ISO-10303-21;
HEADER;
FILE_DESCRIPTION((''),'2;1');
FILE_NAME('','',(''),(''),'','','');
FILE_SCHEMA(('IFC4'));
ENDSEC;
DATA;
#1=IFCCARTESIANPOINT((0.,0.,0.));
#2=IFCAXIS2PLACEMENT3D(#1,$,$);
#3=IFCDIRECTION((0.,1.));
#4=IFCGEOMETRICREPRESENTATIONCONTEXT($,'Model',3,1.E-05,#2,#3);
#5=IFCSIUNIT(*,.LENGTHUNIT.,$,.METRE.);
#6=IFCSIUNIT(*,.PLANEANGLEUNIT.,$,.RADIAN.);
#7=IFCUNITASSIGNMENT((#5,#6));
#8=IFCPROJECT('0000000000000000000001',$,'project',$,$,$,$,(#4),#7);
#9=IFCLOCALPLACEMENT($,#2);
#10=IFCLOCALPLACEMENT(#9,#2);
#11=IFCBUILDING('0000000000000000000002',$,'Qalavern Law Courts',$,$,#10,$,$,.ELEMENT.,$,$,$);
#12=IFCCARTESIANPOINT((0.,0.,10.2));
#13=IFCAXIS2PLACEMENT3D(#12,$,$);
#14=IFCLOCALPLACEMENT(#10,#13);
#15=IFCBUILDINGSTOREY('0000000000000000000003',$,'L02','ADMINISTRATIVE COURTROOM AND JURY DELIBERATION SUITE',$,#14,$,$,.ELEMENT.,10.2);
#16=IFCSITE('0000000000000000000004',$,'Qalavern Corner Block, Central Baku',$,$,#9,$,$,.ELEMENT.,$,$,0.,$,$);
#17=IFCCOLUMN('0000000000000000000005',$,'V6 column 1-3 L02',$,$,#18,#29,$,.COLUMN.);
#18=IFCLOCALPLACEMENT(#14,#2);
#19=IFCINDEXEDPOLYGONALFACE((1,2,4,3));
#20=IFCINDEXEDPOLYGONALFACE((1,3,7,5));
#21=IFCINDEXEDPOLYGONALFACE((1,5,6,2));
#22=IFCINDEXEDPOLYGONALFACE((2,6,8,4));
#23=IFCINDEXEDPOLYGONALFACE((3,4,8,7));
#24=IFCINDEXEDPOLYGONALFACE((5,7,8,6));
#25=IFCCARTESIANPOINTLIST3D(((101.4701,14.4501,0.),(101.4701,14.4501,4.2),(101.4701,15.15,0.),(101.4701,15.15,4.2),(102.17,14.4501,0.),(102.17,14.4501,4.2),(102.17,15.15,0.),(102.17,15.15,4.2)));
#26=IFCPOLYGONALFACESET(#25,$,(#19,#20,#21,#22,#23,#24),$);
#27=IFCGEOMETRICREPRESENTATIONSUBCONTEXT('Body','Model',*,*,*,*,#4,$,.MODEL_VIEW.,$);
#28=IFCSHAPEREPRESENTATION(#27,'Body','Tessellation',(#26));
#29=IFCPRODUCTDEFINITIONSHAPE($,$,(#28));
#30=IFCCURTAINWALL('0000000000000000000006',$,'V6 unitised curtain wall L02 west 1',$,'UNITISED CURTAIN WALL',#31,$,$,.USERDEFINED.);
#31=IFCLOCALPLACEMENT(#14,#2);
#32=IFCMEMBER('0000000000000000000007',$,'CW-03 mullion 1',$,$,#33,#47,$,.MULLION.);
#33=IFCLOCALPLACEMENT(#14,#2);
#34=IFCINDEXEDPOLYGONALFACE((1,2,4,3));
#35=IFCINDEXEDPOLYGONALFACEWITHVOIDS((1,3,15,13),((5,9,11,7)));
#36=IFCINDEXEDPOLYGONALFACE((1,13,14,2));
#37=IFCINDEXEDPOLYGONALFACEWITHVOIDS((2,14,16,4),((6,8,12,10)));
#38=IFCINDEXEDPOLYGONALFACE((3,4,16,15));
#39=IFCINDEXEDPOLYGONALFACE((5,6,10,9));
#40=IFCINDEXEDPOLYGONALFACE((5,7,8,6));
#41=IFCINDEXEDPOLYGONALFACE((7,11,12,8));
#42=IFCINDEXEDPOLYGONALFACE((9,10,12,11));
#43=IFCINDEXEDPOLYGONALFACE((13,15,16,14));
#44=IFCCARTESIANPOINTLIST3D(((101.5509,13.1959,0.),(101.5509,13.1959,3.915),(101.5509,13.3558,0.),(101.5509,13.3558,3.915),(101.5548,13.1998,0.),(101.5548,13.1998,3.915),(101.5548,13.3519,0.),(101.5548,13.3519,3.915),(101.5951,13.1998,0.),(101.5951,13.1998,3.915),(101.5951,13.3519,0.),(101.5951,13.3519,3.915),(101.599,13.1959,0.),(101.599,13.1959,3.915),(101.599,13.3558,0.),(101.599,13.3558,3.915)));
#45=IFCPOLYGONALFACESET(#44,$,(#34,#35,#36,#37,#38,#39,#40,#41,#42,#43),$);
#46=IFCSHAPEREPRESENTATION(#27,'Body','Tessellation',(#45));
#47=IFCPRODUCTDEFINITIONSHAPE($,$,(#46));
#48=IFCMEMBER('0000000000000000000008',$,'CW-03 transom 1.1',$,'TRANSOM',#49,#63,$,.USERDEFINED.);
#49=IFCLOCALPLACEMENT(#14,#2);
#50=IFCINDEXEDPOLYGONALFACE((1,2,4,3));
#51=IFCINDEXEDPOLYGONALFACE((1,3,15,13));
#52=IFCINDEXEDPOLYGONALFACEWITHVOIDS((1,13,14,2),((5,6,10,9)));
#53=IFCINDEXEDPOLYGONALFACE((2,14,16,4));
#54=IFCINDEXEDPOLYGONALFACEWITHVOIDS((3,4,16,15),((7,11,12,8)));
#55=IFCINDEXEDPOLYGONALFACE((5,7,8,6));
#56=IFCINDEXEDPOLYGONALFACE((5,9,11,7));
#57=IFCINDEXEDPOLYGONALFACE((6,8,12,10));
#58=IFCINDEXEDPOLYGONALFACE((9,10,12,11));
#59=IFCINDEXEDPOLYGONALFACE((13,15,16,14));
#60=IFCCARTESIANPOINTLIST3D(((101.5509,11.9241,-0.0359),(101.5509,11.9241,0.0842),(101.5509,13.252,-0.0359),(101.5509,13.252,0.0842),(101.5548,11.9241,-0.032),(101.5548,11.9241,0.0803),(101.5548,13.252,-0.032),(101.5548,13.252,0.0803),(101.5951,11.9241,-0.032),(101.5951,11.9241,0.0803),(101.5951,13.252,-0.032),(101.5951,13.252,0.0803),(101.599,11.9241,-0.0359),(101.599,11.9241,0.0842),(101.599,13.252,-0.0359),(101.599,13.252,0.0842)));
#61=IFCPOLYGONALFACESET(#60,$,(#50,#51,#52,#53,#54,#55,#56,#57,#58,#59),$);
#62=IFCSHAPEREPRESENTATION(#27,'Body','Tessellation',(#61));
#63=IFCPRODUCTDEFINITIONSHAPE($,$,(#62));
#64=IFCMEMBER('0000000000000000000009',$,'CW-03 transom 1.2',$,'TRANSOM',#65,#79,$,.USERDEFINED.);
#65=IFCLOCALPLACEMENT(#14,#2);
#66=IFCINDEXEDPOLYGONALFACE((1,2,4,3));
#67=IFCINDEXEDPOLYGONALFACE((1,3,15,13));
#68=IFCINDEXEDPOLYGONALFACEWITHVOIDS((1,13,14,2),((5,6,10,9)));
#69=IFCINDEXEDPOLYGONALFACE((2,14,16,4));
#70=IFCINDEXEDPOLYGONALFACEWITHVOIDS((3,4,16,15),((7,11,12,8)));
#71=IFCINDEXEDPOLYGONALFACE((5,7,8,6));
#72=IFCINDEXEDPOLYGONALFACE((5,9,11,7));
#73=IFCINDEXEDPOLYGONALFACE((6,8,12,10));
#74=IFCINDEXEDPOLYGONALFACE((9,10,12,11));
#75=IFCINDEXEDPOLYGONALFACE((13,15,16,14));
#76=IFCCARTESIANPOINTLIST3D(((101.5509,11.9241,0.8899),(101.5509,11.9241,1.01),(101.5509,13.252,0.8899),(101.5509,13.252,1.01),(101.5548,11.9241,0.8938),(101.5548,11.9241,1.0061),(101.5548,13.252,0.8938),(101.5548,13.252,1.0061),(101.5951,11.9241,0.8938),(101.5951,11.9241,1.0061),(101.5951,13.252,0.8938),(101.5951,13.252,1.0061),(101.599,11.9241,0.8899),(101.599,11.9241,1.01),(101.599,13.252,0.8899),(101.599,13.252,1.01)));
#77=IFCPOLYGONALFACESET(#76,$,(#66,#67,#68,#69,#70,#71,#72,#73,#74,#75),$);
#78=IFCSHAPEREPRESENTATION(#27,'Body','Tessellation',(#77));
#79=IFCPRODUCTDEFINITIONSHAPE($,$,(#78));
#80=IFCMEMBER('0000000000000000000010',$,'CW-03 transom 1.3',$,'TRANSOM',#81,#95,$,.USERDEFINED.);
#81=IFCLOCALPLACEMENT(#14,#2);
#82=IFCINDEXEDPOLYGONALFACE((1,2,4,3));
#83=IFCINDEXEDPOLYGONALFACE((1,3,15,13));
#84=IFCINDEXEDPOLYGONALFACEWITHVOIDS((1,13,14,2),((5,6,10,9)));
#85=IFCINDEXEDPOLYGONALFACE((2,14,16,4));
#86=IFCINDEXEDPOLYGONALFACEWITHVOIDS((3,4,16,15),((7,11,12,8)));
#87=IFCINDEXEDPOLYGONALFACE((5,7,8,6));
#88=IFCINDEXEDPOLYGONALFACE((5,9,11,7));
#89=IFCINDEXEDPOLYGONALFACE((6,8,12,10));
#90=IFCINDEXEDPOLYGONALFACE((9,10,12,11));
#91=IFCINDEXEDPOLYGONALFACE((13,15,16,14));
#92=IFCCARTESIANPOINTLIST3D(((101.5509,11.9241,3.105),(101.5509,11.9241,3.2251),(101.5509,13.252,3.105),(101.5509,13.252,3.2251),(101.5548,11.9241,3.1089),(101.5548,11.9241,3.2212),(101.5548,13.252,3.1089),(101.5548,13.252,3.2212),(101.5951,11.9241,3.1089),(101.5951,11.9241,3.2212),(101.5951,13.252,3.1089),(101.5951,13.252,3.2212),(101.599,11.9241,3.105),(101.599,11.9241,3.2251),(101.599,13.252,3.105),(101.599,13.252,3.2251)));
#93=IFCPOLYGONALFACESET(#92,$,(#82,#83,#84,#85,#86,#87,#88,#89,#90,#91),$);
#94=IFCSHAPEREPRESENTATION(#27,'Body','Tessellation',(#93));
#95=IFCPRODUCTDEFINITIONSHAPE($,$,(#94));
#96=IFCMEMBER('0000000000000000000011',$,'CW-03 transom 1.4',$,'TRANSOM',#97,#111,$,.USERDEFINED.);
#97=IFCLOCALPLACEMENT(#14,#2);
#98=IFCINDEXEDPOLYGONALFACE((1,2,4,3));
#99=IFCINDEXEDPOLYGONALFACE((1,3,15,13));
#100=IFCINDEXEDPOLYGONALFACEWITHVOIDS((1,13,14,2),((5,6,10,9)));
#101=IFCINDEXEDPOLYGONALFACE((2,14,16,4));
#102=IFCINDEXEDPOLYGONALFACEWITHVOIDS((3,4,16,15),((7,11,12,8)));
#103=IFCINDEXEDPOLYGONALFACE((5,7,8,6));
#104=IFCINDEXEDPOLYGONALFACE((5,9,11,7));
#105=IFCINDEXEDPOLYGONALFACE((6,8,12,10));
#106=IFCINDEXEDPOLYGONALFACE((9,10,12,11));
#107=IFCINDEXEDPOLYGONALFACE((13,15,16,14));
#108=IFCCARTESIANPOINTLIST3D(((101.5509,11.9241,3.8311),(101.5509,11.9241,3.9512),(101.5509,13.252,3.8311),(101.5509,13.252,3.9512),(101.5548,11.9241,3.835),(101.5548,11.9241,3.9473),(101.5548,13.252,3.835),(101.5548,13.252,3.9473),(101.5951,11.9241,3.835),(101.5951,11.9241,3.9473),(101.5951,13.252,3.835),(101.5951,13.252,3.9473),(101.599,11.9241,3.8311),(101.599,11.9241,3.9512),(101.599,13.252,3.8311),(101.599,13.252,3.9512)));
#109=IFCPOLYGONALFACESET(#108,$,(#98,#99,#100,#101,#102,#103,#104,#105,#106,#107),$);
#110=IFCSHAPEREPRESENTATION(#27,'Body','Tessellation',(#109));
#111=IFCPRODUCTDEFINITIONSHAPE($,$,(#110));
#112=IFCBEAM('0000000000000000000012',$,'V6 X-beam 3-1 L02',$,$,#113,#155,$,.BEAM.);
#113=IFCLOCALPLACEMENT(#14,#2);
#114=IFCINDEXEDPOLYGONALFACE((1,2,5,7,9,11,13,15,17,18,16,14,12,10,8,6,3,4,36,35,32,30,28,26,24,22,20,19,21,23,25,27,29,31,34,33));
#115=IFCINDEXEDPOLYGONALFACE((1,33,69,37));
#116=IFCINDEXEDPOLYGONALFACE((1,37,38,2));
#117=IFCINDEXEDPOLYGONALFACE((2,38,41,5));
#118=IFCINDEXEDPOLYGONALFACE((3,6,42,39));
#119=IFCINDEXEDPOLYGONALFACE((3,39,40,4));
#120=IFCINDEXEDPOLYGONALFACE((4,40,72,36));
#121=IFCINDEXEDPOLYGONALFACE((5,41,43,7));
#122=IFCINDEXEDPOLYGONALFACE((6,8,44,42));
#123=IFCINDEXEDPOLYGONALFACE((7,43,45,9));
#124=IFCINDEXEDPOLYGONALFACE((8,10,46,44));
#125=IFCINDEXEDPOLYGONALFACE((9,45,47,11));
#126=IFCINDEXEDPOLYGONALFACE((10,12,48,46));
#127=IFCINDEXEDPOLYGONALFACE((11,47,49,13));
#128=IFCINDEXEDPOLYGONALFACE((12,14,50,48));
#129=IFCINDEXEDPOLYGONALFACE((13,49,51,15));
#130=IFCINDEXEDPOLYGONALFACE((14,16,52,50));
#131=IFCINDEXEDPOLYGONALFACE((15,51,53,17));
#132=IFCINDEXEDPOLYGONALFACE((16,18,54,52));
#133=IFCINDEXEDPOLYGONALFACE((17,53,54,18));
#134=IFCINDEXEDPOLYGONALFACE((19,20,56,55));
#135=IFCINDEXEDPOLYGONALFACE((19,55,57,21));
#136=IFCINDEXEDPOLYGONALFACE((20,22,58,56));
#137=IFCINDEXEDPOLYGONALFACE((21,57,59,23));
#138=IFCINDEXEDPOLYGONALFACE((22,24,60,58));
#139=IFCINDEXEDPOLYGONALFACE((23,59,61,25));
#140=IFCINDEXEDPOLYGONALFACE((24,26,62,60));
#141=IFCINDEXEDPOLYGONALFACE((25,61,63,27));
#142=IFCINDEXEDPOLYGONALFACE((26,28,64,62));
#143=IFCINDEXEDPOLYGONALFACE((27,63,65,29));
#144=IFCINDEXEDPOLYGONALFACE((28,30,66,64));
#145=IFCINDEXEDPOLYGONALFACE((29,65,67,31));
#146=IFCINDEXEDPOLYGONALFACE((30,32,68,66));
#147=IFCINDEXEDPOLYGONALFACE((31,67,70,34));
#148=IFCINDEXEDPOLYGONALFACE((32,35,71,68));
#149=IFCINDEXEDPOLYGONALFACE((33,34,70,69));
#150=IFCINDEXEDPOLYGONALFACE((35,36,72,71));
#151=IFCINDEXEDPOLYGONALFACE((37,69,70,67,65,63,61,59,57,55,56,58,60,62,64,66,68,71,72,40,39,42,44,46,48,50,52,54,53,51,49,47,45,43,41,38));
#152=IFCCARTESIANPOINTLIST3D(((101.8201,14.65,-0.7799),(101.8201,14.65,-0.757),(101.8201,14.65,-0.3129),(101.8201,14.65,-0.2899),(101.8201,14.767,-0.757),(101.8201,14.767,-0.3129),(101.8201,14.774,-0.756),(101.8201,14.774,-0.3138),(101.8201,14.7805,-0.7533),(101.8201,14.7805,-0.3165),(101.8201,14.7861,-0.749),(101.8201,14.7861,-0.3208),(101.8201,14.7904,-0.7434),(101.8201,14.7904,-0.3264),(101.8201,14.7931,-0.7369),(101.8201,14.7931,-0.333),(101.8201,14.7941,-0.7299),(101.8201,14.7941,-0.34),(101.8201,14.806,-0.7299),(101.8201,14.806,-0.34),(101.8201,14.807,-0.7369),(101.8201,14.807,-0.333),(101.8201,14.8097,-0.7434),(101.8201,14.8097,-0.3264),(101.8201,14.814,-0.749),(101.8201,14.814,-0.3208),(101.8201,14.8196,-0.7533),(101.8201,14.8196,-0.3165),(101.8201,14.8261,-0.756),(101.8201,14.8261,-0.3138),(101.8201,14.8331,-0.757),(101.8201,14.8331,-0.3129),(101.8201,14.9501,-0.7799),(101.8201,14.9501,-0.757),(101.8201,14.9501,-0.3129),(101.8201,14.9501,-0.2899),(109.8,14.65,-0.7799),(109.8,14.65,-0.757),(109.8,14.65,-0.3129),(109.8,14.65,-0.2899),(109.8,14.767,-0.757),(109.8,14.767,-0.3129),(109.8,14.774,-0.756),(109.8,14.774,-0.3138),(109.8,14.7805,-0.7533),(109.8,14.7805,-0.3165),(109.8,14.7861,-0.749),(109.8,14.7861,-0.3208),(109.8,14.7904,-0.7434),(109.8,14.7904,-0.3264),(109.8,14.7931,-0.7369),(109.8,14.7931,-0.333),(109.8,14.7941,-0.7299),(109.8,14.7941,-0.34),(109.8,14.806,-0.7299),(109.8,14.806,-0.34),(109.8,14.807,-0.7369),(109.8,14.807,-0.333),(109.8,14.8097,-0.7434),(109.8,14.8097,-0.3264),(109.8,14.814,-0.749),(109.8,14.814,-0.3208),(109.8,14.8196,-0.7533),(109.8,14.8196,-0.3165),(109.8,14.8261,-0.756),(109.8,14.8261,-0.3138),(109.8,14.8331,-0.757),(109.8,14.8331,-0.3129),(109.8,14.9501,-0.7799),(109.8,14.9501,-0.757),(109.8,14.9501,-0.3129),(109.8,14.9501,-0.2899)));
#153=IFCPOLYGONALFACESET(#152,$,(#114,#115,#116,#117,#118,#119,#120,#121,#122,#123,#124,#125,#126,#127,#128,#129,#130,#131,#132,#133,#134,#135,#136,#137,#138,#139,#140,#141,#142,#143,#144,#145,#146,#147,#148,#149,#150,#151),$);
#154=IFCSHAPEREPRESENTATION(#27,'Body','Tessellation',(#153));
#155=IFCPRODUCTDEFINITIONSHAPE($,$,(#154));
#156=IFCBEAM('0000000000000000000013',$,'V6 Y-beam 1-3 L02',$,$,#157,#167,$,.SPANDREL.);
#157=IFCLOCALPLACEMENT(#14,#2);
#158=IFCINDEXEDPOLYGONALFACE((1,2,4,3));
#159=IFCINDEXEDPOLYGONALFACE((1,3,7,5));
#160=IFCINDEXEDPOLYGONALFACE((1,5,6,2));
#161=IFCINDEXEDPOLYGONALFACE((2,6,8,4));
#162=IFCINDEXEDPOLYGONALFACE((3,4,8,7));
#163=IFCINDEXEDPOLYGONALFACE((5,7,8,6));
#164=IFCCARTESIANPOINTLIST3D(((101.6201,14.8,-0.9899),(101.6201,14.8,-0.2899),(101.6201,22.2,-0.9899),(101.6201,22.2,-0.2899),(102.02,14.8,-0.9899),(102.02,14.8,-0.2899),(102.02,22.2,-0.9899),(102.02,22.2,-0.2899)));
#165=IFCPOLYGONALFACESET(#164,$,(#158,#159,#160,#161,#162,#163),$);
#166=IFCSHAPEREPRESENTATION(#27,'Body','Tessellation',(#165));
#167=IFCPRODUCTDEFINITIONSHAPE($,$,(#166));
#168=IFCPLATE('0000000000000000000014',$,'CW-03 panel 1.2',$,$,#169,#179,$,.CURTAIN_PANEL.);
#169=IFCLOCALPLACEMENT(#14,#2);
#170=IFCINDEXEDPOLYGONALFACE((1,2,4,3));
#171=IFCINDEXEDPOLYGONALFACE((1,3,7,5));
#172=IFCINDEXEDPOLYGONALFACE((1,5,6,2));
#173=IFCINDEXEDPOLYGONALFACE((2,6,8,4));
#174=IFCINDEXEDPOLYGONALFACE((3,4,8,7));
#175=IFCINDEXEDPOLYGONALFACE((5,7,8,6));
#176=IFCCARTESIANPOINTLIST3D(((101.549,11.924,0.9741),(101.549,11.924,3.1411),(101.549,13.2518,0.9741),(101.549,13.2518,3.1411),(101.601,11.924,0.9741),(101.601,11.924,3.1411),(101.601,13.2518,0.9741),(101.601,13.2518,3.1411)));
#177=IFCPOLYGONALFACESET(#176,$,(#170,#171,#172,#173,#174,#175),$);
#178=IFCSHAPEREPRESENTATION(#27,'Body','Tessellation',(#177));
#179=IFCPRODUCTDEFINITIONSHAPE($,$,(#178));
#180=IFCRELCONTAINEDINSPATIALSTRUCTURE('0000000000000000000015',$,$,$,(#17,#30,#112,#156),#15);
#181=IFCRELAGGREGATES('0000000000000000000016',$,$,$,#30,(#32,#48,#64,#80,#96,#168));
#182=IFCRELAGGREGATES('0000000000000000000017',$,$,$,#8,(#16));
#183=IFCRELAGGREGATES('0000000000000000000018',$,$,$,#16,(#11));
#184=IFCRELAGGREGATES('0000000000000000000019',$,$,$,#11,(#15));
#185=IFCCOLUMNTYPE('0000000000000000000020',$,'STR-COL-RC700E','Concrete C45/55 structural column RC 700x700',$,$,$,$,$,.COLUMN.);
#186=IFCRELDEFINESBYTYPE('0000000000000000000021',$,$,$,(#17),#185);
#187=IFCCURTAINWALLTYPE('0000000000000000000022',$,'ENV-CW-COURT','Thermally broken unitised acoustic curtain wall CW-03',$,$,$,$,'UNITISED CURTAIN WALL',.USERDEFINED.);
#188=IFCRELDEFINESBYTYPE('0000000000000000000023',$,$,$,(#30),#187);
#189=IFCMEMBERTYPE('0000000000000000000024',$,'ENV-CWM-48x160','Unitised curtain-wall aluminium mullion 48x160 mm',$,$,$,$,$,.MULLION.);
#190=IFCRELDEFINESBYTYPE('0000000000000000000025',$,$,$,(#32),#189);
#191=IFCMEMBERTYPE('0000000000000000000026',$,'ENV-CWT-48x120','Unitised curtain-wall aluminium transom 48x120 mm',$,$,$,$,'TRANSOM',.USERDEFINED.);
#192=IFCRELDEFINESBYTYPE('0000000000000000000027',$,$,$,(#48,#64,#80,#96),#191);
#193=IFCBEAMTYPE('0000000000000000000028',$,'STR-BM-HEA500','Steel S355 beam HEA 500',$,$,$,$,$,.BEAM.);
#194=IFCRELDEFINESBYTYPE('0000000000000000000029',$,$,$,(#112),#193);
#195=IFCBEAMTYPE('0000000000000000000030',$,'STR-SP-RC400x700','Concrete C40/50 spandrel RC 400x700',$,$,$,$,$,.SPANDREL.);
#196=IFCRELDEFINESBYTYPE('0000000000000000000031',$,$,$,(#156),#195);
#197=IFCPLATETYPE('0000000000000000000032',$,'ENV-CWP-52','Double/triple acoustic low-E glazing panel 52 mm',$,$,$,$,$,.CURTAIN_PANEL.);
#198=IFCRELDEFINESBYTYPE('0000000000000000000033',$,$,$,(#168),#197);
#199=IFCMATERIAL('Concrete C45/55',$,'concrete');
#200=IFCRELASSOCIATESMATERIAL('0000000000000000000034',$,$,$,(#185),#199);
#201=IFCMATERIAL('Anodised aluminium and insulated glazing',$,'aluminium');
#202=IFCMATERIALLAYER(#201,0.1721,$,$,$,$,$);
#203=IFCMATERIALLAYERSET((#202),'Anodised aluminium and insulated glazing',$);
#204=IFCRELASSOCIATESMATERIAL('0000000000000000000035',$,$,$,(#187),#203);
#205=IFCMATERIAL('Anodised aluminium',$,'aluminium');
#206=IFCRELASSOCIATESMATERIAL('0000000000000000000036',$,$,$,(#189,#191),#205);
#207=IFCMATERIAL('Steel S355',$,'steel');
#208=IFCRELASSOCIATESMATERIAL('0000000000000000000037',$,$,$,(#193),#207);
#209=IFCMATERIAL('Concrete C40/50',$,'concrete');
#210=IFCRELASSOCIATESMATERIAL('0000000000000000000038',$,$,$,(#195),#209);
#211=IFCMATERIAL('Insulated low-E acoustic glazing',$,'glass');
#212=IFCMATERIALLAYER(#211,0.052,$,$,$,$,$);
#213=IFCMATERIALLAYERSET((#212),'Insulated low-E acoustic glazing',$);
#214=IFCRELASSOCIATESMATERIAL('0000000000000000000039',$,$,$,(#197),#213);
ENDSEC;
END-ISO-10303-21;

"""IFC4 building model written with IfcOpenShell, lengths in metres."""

from ifc_helpers import new_model, si_unit, direction, frame, origin, origin_2d, place, context, subcontext, project, spatial, rectangle, hollow_rectangle, i_section, extrude, material, layer, layer_set, material_profile, profile_set, type_object, element, aggregate, save


model = new_model("IFC4")

# Units and contexts
model_context = context("Model", 3, precision=1e-05, world=origin(), true_north=direction((0.0, 1.0)))
body_context = subcontext(model_context, "Body", "Model", "MODEL_VIEW")
ifc_project = project(units=[si_unit("LENGTHUNIT", "METRE"), si_unit("PLANEANGLEUNIT", "RADIAN")], contexts=[model_context])

# Site, building, storey
site_placement = place(None, origin())
site = spatial("IfcSite", under=ifc_project, at=site_placement, Name="Qalavern Corner Block, Central Baku", CompositionType="ELEMENT", RefElevation=0.0)
building_placement = place(site_placement, origin())
building = spatial("IfcBuilding", under=site, at=building_placement, Name="Qalavern Law Courts", CompositionType="ELEMENT")
storey_placement = place(building_placement, frame((0.0, 0.0, 10.2)))
storey = spatial("IfcBuildingStorey", under=building, at=storey_placement, Name="L02", Description="ADMINISTRATIVE COURTROOM AND JURY DELIBERATION SUITE", CompositionType="ELEMENT", Elevation=10.2)

# Column
ifc_material_1 = material(Name="Concrete C45/55", Category="concrete")
ifc_material_profile_1 = material_profile(ifc_material_1, rectangle(XDim=0.7, YDim=0.7, at=origin_2d()), Name="RC 700x700")
ifc_profile_set_1 = profile_set([ifc_material_profile_1], Name="Concrete C45/55")
column_type = type_object("IfcColumnType", Name="STR-COL-RC700E", Description="Concrete C45/55 structural column RC 700x700", PredefinedType="COLUMN", material=ifc_profile_set_1)
column_placement = place(storey_placement, frame((101.8201, 14.8, 0.0), z_axis=(0.0, 0.0, 1.0), x_axis=(1.0, 0.0, 0.0)))
element("IfcColumn", 1, at=column_placement, inside=storey, type_object=column_type, Name="V6 column 1-3 L02", PredefinedType="COLUMN", context=body_context, shape_type="SweptSolid", body=[
    extrude(rectangle(XDim=0.7, YDim=0.7, at=origin_2d()), origin(), (0.0, 0.0, 1.0), 4.2),
])

# Curtain wall, members
ifc_material_2 = material(Name="Anodised aluminium and insulated glazing", Category="aluminium")
ifc_layer_1 = layer(ifc_material_2, 0.1721)
ifc_layer_set_1 = layer_set([ifc_layer_1], Name="Anodised aluminium and insulated glazing")
curtain_wall_type = type_object("IfcCurtainWallType", Name="ENV-CW-COURT", Description="Thermally broken unitised acoustic curtain wall CW-03", ElementType="UNITISED CURTAIN WALL", PredefinedType="USERDEFINED", material=ifc_layer_set_1)
curtain_wall_placement = place(storey_placement, origin())
curtain_wall = element("IfcCurtainWall", 2, at=curtain_wall_placement, inside=storey, type_object=curtain_wall_type, Name="V6 unitised curtain wall L02 west 1", ObjectType="UNITISED CURTAIN WALL", PredefinedType="USERDEFINED")
ifc_material_3 = material(Name="Anodised aluminium", Category="aluminium")
ifc_material_profile_2 = material_profile(ifc_material_3, hollow_rectangle(XDim=0.0481, YDim=0.1599, WallThickness=0.0039, at=origin_2d()), Name="ALU MULLION 48x160")
ifc_profile_set_2 = profile_set([ifc_material_profile_2], Name="Anodised aluminium")
member_type_1 = type_object("IfcMemberType", Name="ENV-CWM-48x160", Description="Unitised curtain-wall aluminium mullion 48x160 mm", PredefinedType="MULLION", material=ifc_profile_set_2)
member_1_placement = place(storey_placement, frame((101.575, 13.2759, 0.0), z_axis=(0.0, 0.0, 1.0), x_axis=(1.0, 0.0, 0.0)))
member_1 = element("IfcMember", 3, at=member_1_placement, type_object=member_type_1, Name="CW-03 mullion 1", PredefinedType="MULLION", context=body_context, shape_type="SweptSolid", body=[
    extrude(hollow_rectangle(XDim=0.0481, YDim=0.1599, WallThickness=0.0039, at=origin_2d()), origin(), (0.0, 0.0, 1.0), 3.915),
])
ifc_material_profile_3 = material_profile(ifc_material_3, hollow_rectangle(XDim=0.0481, YDim=0.1201, WallThickness=0.0039, at=origin_2d()), Name="ALU TRANSOM 48x120")
ifc_profile_set_3 = profile_set([ifc_material_profile_3], Name="Anodised aluminium")
member_type_2 = type_object("IfcMemberType", Name="ENV-CWT-48x120", Description="Unitised curtain-wall aluminium transom 48x120 mm", ElementType="TRANSOM", PredefinedType="USERDEFINED", material=ifc_profile_set_3)
member_2_placement = place(storey_placement, frame((101.575, 13.252, 0.0242), z_axis=(0.0, -1.0, 0.0), x_axis=(1.0, 0.0, 0.0)))
member_2 = element("IfcMember", 4, at=member_2_placement, type_object=member_type_2, Name="CW-03 transom 1.1", ObjectType="TRANSOM", PredefinedType="USERDEFINED", context=body_context, shape_type="SweptSolid", body=[
    extrude(hollow_rectangle(XDim=0.0481, YDim=0.1201, WallThickness=0.0039, at=origin_2d()), origin(), (0.0, 0.0, 1.0), 1.3279),
])
member_3_placement = place(storey_placement, frame((101.575, 13.252, 0.95), z_axis=(0.0, -1.0, 0.0), x_axis=(1.0, 0.0, 0.0)))
member_3 = element("IfcMember", 5, at=member_3_placement, type_object=member_type_2, Name="CW-03 transom 1.2", ObjectType="TRANSOM", PredefinedType="USERDEFINED", context=body_context, shape_type="SweptSolid", body=[
    extrude(hollow_rectangle(XDim=0.0481, YDim=0.1201, WallThickness=0.0039, at=origin_2d()), origin(), (0.0, 0.0, 1.0), 1.3279),
])
member_4_placement = place(storey_placement, frame((101.575, 13.252, 3.165), z_axis=(0.0, -1.0, 0.0), x_axis=(1.0, 0.0, 0.0)))
member_4 = element("IfcMember", 6, at=member_4_placement, type_object=member_type_2, Name="CW-03 transom 1.3", ObjectType="TRANSOM", PredefinedType="USERDEFINED", context=body_context, shape_type="SweptSolid", body=[
    extrude(hollow_rectangle(XDim=0.0481, YDim=0.1201, WallThickness=0.0039, at=origin_2d()), origin(), (0.0, 0.0, 1.0), 1.3279),
])
member_5_placement = place(storey_placement, frame((101.575, 13.252, 3.8911), z_axis=(0.0, -1.0, 0.0), x_axis=(1.0, 0.0, 0.0)))
member_5 = element("IfcMember", 7, at=member_5_placement, type_object=member_type_2, Name="CW-03 transom 1.4", ObjectType="TRANSOM", PredefinedType="USERDEFINED", context=body_context, shape_type="SweptSolid", body=[
    extrude(hollow_rectangle(XDim=0.0481, YDim=0.1201, WallThickness=0.0039, at=origin_2d()), origin(), (0.0, 0.0, 1.0), 1.3279),
])

# Beams
ifc_material_4 = material(Name="Steel S355", Category="steel")
ifc_material_profile_4 = material_profile(ifc_material_4, i_section(OverallWidth=0.3, OverallDepth=0.49, WebThickness=0.012, FlangeThickness=0.0229, FilletRadius=0.0271, at=origin_2d()), Name="HEA 500")
ifc_profile_set_4 = profile_set([ifc_material_profile_4], Name="Steel S355")
beam_type_1 = type_object("IfcBeamType", Name="STR-BM-HEA500", Description="Steel S355 beam HEA 500", PredefinedType="BEAM", material=ifc_profile_set_4)
beam_1_placement = place(storey_placement, frame((101.8201, 14.8, -0.5349), z_axis=(1.0, 0.0, 0.0), x_axis=(0.0, 1.0, 0.0)))
element("IfcBeam", 8, at=beam_1_placement, inside=storey, type_object=beam_type_1, Name="V6 X-beam 3-1 L02", PredefinedType="BEAM", context=body_context, shape_type="SweptSolid", body=[
    extrude(i_section(OverallWidth=0.3, OverallDepth=0.49, WebThickness=0.012, FlangeThickness=0.0229, FilletRadius=0.0271, at=origin_2d()), origin(), (0.0, 0.0, 1.0), 7.98),
])
ifc_material_5 = material(Name="Concrete C40/50", Category="concrete")
ifc_material_profile_5 = material_profile(ifc_material_5, rectangle(XDim=0.3999, YDim=0.7, at=origin_2d()), Name="RC 400x700")
ifc_profile_set_5 = profile_set([ifc_material_profile_5], Name="Concrete C40/50")
beam_type_2 = type_object("IfcBeamType", Name="STR-SP-RC400x700", Description="Concrete C40/50 spandrel RC 400x700", PredefinedType="SPANDREL", material=ifc_profile_set_5)
beam_2_placement = place(storey_placement, frame((101.8201, 14.8, -0.6399), z_axis=(0.0, 1.0, 0.0), x_axis=(-1.0, 0.0, 0.0)))
element("IfcBeam", 9, at=beam_2_placement, inside=storey, type_object=beam_type_2, Name="V6 Y-beam 1-3 L02", PredefinedType="SPANDREL", context=body_context, shape_type="SweptSolid", body=[
    extrude(rectangle(XDim=0.3999, YDim=0.7, at=origin_2d()), origin(), (0.0, 0.0, 1.0), 7.3999),
])

# Plate
ifc_material_6 = material(Name="Insulated low-E acoustic glazing", Category="glass")
ifc_layer_2 = layer(ifc_material_6, 0.052)
ifc_layer_set_2 = layer_set([ifc_layer_2], Name="Insulated low-E acoustic glazing")
plate_type = type_object("IfcPlateType", Name="ENV-CWP-52", Description="Double/triple acoustic low-E glazing panel 52 mm", PredefinedType="CURTAIN_PANEL", material=ifc_layer_set_2)
plate_1_placement = place(storey_placement, frame((101.575, 12.5879, 0.9741), z_axis=(0.0, 0.0, 1.0), x_axis=(0.0, -1.0, 0.0)))
plate_1 = element("IfcPlate", 10, at=plate_1_placement, type_object=plate_type, Name="CW-03 panel 1.2", PredefinedType="CURTAIN_PANEL", context=body_context, shape_type="SweptSolid", body=[
    extrude(rectangle(XDim=1.3279, YDim=0.052, at=origin_2d()), origin(), (0.0, 0.0, 1.0), 2.167),
])
aggregate(curtain_wall, [member_1, member_2, member_3, member_4, member_5, plate_1])

save(model, "model.ifc")
